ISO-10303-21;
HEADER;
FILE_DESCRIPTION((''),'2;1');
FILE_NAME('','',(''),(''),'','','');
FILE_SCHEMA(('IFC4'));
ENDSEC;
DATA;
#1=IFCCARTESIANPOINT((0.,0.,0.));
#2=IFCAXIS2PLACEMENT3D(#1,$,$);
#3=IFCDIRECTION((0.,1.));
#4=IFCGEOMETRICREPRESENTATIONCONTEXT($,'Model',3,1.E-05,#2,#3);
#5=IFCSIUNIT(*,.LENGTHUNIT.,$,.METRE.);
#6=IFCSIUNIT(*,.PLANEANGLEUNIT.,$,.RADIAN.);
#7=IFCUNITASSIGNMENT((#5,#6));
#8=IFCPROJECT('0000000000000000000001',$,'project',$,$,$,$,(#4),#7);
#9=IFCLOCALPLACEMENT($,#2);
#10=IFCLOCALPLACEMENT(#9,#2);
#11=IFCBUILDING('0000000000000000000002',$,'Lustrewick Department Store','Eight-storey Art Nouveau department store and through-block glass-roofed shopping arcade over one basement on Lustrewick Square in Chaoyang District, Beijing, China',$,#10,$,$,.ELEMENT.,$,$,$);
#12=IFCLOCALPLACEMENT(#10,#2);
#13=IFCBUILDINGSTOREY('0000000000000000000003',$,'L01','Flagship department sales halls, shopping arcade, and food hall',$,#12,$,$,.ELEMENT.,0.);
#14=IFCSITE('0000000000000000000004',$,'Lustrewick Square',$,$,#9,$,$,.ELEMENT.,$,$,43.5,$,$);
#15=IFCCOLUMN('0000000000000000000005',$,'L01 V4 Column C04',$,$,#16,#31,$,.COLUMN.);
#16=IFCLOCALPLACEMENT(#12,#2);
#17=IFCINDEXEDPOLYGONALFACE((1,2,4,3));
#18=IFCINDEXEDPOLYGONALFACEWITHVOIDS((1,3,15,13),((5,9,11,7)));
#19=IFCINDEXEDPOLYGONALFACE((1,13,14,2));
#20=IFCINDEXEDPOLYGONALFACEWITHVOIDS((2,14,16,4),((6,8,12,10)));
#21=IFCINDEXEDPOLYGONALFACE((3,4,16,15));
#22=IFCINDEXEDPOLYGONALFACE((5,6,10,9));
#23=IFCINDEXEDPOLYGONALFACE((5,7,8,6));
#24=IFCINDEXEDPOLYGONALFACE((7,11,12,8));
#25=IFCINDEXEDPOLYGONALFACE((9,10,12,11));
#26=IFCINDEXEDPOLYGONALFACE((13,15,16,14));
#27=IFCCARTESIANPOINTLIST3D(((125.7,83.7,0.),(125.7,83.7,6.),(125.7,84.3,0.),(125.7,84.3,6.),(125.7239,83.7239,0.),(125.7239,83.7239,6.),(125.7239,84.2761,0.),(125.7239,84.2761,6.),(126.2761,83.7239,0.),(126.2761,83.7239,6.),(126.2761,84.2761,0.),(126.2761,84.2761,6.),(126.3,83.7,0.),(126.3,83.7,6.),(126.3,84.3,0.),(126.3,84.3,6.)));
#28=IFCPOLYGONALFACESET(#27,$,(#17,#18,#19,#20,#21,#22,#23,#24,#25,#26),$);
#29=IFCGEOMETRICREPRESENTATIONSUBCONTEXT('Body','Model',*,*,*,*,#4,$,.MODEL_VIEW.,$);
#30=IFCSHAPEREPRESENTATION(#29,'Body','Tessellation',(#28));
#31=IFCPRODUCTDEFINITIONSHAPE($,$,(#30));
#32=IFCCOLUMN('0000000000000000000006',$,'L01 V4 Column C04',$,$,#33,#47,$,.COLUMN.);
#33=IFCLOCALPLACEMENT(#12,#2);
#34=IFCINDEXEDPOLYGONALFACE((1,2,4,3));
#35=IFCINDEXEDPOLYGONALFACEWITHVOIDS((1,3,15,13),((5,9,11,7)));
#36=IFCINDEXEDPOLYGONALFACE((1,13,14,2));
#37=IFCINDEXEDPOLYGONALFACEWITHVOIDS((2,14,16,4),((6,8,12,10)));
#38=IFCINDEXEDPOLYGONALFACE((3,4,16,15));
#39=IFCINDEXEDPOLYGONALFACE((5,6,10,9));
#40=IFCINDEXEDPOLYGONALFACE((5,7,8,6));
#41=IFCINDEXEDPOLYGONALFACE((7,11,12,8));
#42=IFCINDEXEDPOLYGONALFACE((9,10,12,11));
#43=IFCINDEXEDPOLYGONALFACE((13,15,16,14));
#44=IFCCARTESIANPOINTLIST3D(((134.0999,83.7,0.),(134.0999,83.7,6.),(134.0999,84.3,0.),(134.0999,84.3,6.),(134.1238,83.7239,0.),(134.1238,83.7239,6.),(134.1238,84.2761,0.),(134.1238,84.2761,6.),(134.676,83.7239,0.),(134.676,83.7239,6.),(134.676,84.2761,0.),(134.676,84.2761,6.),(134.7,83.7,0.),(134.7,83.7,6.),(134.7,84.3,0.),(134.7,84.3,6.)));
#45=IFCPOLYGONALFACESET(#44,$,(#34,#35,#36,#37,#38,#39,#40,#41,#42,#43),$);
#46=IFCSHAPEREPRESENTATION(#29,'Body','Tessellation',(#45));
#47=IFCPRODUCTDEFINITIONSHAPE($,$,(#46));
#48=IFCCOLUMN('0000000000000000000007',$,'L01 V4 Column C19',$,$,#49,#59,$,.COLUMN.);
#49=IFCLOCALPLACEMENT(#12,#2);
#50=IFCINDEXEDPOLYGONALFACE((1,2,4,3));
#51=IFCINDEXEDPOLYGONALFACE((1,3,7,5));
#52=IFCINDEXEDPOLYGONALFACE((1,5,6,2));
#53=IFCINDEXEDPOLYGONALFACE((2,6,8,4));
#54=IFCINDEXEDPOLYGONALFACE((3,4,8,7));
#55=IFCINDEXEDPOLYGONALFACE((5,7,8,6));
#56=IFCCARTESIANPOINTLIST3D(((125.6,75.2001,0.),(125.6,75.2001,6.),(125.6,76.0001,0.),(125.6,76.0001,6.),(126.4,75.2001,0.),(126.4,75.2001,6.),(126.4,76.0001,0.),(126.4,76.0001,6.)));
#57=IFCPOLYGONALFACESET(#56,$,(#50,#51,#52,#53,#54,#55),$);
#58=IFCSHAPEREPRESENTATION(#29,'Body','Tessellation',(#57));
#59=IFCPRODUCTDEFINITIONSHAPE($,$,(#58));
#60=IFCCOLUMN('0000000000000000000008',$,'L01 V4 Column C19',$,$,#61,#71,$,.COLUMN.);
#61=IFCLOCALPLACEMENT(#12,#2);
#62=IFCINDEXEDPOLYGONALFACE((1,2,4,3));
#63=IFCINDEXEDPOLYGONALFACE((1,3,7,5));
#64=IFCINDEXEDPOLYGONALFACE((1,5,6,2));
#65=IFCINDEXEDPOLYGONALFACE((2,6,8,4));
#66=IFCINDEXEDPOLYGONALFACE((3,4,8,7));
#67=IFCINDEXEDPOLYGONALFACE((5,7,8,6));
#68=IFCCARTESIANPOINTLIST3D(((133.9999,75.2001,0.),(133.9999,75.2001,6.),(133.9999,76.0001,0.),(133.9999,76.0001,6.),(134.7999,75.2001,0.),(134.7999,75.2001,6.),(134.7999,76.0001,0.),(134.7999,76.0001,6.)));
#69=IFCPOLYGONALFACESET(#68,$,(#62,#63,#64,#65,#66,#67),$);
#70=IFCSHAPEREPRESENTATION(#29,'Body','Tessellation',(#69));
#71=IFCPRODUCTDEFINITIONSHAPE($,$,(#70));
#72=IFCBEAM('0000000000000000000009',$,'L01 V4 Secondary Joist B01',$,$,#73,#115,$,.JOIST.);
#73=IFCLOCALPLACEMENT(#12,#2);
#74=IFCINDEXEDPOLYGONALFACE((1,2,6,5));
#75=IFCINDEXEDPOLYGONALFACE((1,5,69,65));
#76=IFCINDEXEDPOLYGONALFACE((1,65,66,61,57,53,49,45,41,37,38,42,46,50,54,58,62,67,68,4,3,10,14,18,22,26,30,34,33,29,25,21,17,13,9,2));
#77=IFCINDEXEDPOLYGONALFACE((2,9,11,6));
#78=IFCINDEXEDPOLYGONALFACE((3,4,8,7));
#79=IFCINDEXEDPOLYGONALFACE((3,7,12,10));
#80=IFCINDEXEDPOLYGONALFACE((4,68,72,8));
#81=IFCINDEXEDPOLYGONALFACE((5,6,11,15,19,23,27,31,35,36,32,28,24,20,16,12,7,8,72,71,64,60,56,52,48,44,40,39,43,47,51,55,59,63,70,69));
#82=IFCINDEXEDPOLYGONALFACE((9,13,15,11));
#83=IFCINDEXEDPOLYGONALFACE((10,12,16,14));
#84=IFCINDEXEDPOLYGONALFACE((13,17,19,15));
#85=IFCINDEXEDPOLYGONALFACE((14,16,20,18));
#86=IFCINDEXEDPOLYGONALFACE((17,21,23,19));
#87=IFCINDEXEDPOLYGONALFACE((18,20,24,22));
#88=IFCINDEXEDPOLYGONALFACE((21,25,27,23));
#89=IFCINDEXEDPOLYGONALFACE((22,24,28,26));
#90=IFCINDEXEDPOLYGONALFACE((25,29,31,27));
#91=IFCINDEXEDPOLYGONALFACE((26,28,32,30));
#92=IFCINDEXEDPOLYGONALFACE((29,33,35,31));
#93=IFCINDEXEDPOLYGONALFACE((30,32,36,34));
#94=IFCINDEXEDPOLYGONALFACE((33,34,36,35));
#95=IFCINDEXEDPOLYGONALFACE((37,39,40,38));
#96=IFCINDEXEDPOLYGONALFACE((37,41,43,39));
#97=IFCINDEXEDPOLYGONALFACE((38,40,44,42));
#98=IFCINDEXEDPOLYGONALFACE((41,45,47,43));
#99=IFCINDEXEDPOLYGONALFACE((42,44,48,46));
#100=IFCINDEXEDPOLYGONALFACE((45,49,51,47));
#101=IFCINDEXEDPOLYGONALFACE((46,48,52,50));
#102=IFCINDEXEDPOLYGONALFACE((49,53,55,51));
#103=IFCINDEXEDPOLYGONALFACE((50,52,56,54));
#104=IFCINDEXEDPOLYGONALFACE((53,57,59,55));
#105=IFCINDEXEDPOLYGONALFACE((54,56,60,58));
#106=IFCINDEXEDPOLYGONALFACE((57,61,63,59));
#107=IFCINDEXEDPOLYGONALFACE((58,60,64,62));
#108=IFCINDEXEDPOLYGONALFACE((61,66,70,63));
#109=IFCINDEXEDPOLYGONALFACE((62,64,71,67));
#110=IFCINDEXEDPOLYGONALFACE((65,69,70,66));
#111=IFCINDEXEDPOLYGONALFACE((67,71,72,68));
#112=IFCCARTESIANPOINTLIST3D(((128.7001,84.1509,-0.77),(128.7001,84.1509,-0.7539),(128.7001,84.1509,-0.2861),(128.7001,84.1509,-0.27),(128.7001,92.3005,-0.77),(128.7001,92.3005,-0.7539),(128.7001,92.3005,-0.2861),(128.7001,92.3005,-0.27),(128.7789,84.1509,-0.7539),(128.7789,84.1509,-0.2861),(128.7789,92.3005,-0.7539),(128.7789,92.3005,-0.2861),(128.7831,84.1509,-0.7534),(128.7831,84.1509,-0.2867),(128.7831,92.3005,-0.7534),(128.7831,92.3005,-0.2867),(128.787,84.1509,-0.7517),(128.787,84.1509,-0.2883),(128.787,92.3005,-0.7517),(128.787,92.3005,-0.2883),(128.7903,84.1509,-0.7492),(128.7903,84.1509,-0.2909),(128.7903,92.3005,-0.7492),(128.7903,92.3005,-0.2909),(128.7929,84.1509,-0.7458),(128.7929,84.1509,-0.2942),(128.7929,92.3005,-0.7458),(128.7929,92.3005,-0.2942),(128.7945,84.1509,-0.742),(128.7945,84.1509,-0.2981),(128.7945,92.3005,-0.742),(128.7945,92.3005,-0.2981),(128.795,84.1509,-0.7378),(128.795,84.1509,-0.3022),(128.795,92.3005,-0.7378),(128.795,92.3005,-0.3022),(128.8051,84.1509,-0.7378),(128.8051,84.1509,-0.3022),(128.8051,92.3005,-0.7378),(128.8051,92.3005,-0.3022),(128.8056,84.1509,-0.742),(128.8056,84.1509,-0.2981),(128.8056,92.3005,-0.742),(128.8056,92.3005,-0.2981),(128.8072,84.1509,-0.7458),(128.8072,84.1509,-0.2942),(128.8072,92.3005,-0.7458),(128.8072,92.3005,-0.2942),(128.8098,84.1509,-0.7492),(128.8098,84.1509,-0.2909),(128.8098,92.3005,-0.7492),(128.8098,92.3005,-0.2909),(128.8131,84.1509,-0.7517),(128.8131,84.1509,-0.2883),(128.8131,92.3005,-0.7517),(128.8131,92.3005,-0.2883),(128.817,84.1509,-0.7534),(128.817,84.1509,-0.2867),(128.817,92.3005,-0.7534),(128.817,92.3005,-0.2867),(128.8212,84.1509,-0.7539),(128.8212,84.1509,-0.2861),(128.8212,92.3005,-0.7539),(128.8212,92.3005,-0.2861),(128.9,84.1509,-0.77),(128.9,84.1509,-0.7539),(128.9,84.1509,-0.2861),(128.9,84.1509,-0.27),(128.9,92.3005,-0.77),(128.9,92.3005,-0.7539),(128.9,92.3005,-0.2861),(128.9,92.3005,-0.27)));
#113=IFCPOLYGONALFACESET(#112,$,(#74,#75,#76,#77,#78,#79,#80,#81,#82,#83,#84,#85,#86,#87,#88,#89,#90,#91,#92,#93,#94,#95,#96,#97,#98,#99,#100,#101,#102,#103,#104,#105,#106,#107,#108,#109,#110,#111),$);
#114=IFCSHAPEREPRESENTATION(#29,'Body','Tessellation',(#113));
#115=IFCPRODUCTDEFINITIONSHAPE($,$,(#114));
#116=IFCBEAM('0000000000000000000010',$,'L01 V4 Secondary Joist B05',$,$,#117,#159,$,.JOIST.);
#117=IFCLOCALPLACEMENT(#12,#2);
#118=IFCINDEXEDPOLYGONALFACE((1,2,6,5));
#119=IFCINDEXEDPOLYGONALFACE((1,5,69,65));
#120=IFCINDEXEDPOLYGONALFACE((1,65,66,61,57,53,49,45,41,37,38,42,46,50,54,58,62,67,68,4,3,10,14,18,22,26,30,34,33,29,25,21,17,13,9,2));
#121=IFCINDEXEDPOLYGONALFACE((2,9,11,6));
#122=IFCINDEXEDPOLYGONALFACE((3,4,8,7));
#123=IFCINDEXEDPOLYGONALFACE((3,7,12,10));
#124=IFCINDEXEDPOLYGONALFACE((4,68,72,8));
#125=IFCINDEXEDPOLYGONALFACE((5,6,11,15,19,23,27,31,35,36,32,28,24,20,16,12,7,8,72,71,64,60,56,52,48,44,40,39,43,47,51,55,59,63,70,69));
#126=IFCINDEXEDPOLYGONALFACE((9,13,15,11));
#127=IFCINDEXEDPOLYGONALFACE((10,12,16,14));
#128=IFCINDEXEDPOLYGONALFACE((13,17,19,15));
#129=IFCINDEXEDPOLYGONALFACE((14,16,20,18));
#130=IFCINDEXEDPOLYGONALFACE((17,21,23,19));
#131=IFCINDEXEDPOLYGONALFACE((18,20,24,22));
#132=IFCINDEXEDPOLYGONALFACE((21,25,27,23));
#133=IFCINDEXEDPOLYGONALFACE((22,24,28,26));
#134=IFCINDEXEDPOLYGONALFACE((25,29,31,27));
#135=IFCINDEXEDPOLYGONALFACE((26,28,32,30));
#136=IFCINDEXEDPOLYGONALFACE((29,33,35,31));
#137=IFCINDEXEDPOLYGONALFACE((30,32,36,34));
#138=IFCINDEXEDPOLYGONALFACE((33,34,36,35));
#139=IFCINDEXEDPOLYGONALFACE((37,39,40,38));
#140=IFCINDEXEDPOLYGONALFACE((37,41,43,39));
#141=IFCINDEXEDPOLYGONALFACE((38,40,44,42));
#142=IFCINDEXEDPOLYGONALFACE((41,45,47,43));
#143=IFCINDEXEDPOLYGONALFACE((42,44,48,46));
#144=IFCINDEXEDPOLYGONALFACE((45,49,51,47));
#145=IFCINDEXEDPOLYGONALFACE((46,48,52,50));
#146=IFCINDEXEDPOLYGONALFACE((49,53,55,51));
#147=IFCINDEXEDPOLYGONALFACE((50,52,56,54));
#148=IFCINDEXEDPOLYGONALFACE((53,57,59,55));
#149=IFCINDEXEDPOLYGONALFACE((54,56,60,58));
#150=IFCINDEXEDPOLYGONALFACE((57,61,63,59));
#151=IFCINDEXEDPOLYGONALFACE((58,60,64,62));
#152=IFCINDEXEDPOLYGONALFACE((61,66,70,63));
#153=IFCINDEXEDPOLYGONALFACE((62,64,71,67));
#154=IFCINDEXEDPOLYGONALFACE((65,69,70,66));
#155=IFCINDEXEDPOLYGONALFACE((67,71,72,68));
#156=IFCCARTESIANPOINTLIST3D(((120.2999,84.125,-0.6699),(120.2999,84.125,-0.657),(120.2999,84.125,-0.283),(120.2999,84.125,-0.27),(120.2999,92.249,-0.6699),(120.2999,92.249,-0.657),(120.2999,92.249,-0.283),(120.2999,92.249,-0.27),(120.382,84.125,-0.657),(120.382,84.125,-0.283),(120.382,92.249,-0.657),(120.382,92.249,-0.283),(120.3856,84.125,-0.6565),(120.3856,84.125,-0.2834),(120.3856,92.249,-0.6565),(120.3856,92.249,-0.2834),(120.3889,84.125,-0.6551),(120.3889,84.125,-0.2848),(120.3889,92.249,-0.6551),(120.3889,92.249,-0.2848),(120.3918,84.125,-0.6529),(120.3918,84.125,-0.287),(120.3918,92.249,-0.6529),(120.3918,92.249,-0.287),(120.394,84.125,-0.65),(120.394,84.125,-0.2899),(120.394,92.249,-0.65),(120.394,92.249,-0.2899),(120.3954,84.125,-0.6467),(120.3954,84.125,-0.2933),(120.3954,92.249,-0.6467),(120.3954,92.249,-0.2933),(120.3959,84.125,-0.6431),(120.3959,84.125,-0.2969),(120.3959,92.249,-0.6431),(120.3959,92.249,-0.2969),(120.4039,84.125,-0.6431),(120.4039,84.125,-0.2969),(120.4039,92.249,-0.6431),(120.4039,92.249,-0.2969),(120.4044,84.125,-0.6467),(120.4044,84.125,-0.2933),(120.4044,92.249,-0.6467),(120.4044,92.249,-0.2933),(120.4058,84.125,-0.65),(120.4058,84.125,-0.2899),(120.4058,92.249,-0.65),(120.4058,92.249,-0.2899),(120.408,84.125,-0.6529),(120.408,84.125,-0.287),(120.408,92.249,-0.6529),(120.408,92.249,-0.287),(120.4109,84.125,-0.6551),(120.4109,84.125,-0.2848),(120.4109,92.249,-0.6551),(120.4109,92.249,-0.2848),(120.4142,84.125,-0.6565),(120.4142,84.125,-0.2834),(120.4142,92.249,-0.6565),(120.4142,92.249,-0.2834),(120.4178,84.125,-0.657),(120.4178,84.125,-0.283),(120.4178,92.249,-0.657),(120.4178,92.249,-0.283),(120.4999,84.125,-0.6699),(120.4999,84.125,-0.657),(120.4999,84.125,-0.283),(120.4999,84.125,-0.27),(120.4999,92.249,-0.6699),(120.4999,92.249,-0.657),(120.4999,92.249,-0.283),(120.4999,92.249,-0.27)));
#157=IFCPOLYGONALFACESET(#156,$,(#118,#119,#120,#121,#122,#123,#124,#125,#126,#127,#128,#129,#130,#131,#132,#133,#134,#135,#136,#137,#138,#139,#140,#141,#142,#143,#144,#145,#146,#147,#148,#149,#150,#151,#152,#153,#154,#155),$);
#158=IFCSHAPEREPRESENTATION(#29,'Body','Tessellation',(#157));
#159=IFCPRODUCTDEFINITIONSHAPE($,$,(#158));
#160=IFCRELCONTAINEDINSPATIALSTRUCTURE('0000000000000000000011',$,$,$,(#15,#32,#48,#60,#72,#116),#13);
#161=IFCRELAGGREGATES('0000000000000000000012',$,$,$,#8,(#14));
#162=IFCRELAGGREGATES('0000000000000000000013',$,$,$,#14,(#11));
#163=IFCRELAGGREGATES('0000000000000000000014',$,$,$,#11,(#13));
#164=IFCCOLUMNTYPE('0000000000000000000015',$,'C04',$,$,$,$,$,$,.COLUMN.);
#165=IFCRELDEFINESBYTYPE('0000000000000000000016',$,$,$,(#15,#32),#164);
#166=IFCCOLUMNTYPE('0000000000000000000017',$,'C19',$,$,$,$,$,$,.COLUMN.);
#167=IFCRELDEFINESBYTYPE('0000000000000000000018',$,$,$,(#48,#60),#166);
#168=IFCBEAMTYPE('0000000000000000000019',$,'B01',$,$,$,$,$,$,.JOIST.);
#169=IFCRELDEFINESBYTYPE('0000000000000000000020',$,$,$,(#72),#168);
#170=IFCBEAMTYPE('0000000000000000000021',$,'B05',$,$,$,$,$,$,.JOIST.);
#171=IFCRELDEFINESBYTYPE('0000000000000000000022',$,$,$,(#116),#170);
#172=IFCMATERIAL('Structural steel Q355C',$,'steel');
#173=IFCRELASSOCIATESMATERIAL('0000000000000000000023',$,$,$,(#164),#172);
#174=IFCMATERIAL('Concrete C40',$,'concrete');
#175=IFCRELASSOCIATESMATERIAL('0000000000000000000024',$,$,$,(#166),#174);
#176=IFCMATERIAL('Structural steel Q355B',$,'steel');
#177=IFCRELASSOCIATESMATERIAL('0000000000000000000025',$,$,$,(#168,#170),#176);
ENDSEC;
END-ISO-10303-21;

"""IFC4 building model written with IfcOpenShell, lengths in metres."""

from ifc_helpers import new_model, si_unit, direction, frame, origin, origin_2d, place, context, subcontext, project, spatial, rectangle, hollow_rectangle, i_section, extrude, material, material_profile, profile_set, type_object, element, save


model = new_model("IFC4")

# Units and contexts
model_context = context("Model", 3, precision=1e-05, world=origin(), true_north=direction((0.0, 1.0)))
body_context = subcontext(model_context, "Body", "Model", "MODEL_VIEW")
ifc_project = project(units=[si_unit("LENGTHUNIT", "METRE"), si_unit("PLANEANGLEUNIT", "RADIAN")], contexts=[model_context])

# Site, building, storey
site_placement = place(None, origin())
site = spatial("IfcSite", under=ifc_project, at=site_placement, Name="Lustrewick Square", CompositionType="ELEMENT", RefElevation=43.5)
building_placement = place(site_placement, origin())
building = spatial("IfcBuilding", under=site, at=building_placement, Name="Lustrewick Department Store", Description="Eight-storey Art Nouveau department store and through-block glass-roofed shopping arcade over one basement on Lustrewick Square in Chaoyang District, Beijing, China", CompositionType="ELEMENT")
storey_placement = place(building_placement, origin())
storey = spatial("IfcBuildingStorey", under=building, at=storey_placement, Name="L01", Description="Flagship department sales halls, shopping arcade, and food hall", CompositionType="ELEMENT", Elevation=0.0)

# Columns
ifc_material_1 = material(Name="Structural steel Q355C", Category="steel")
ifc_material_profile_1 = material_profile(ifc_material_1, hollow_rectangle(XDim=0.6001, YDim=0.6001, WallThickness=0.0239, at=origin_2d()), Name="BOX 600x600x24")
ifc_profile_set_1 = profile_set([ifc_material_profile_1], Name="Structural steel Q355C")
column_type_1 = type_object("IfcColumnType", Name="C04", PredefinedType="COLUMN", material=ifc_profile_set_1)
for number, where, z_axis, x_axis, name in (
    (1, (126.0, 84.0, 0.0), (0.0, 0.0, 1.0), (1.0, 0.0, 0.0), "L01 V4 Column C04"),
    (2, (134.3999, 84.0, 0.0), (0.0, 0.0, 1.0), (1.0, 0.0, 0.0), "L01 V4 Column C04"),
):
    element("IfcColumn", number, at=place(storey_placement, frame(where, z_axis=z_axis, x_axis=x_axis)), inside=storey, type_object=column_type_1, Name=name, PredefinedType="COLUMN", context=body_context, shape_type="SweptSolid", body=[
        extrude(hollow_rectangle(XDim=0.6001, YDim=0.6001, WallThickness=0.0239, at=origin_2d()), origin(), (0.0, 0.0, 1.0), 6.0),
    ])
ifc_material_2 = material(Name="Concrete C40", Category="concrete")
ifc_material_profile_2 = material_profile(ifc_material_2, rectangle(XDim=0.8, YDim=0.8, at=origin_2d()), Name="RC 800x800")
ifc_profile_set_2 = profile_set([ifc_material_profile_2], Name="Concrete C40")
column_type_2 = type_object("IfcColumnType", Name="C19", PredefinedType="COLUMN", material=ifc_profile_set_2)
for number, where, z_axis, x_axis, name in (
    (3, (126.0, 75.6001, 0.0), (0.0, 0.0, 1.0), (1.0, 0.0, 0.0), "L01 V4 Column C19"),
    (4, (134.3999, 75.6001, 0.0), (0.0, 0.0, 1.0), (1.0, 0.0, 0.0), "L01 V4 Column C19"),
):
    element("IfcColumn", number, at=place(storey_placement, frame(where, z_axis=z_axis, x_axis=x_axis)), inside=storey, type_object=column_type_2, Name=name, PredefinedType="COLUMN", context=body_context, shape_type="SweptSolid", body=[
        extrude(rectangle(XDim=0.8, YDim=0.8, at=origin_2d()), origin(), (0.0, 0.0, 1.0), 6.0),
    ])

# Beams
ifc_material_3 = material(Name="Structural steel Q355B", Category="steel")
ifc_material_profile_3 = material_profile(ifc_material_3, i_section(OverallWidth=0.2, OverallDepth=0.5, WebThickness=0.01, FlangeThickness=0.0161, FilletRadius=0.0161, at=origin_2d()), Name="HN 500x200x10x16")
ifc_profile_set_3 = profile_set([ifc_material_profile_3], Name="Structural steel Q355B")
beam_type_1 = type_object("IfcBeamType", Name="B01", PredefinedType="JOIST", material=ifc_profile_set_3)
beam_1_placement = place(storey_placement, frame((128.8, 84.1509, -0.52), z_axis=(0.0, 1.0, 0.0), x_axis=(-1.0, 0.0, 0.0)))
element("IfcBeam", 5, at=beam_1_placement, inside=storey, type_object=beam_type_1, Name="L01 V4 Secondary Joist B01", PredefinedType="JOIST", context=body_context, shape_type="SweptSolid", body=[
    extrude(i_section(OverallWidth=0.2, OverallDepth=0.5, WebThickness=0.01, FlangeThickness=0.0161, FilletRadius=0.0161, at=origin_2d()), origin(), (0.0, 0.0, 1.0), 8.1497),
])
ifc_material_profile_4 = material_profile(ifc_material_3, i_section(OverallWidth=0.2, OverallDepth=0.3999, WebThickness=0.0081, FlangeThickness=0.0129, FilletRadius=0.0139, at=origin_2d()), Name="HN 400x200x8x13")
ifc_profile_set_4 = profile_set([ifc_material_profile_4], Name="Structural steel Q355B")
beam_type_2 = type_object("IfcBeamType", Name="B05", PredefinedType="JOIST", material=ifc_profile_set_4)
beam_2_placement = place(storey_placement, frame((120.3999, 84.125, -0.47), z_axis=(0.0, 1.0, 0.0), x_axis=(-1.0, 0.0, 0.0)))
element("IfcBeam", 6, at=beam_2_placement, inside=storey, type_object=beam_type_2, Name="L01 V4 Secondary Joist B05", PredefinedType="JOIST", context=body_context, shape_type="SweptSolid", body=[
    extrude(i_section(OverallWidth=0.2, OverallDepth=0.3999, WebThickness=0.0081, FlangeThickness=0.0129, FilletRadius=0.0139, at=origin_2d()), origin(), (0.0, 0.0, 1.0), 8.124),
])

save(model, "model.ifc")
